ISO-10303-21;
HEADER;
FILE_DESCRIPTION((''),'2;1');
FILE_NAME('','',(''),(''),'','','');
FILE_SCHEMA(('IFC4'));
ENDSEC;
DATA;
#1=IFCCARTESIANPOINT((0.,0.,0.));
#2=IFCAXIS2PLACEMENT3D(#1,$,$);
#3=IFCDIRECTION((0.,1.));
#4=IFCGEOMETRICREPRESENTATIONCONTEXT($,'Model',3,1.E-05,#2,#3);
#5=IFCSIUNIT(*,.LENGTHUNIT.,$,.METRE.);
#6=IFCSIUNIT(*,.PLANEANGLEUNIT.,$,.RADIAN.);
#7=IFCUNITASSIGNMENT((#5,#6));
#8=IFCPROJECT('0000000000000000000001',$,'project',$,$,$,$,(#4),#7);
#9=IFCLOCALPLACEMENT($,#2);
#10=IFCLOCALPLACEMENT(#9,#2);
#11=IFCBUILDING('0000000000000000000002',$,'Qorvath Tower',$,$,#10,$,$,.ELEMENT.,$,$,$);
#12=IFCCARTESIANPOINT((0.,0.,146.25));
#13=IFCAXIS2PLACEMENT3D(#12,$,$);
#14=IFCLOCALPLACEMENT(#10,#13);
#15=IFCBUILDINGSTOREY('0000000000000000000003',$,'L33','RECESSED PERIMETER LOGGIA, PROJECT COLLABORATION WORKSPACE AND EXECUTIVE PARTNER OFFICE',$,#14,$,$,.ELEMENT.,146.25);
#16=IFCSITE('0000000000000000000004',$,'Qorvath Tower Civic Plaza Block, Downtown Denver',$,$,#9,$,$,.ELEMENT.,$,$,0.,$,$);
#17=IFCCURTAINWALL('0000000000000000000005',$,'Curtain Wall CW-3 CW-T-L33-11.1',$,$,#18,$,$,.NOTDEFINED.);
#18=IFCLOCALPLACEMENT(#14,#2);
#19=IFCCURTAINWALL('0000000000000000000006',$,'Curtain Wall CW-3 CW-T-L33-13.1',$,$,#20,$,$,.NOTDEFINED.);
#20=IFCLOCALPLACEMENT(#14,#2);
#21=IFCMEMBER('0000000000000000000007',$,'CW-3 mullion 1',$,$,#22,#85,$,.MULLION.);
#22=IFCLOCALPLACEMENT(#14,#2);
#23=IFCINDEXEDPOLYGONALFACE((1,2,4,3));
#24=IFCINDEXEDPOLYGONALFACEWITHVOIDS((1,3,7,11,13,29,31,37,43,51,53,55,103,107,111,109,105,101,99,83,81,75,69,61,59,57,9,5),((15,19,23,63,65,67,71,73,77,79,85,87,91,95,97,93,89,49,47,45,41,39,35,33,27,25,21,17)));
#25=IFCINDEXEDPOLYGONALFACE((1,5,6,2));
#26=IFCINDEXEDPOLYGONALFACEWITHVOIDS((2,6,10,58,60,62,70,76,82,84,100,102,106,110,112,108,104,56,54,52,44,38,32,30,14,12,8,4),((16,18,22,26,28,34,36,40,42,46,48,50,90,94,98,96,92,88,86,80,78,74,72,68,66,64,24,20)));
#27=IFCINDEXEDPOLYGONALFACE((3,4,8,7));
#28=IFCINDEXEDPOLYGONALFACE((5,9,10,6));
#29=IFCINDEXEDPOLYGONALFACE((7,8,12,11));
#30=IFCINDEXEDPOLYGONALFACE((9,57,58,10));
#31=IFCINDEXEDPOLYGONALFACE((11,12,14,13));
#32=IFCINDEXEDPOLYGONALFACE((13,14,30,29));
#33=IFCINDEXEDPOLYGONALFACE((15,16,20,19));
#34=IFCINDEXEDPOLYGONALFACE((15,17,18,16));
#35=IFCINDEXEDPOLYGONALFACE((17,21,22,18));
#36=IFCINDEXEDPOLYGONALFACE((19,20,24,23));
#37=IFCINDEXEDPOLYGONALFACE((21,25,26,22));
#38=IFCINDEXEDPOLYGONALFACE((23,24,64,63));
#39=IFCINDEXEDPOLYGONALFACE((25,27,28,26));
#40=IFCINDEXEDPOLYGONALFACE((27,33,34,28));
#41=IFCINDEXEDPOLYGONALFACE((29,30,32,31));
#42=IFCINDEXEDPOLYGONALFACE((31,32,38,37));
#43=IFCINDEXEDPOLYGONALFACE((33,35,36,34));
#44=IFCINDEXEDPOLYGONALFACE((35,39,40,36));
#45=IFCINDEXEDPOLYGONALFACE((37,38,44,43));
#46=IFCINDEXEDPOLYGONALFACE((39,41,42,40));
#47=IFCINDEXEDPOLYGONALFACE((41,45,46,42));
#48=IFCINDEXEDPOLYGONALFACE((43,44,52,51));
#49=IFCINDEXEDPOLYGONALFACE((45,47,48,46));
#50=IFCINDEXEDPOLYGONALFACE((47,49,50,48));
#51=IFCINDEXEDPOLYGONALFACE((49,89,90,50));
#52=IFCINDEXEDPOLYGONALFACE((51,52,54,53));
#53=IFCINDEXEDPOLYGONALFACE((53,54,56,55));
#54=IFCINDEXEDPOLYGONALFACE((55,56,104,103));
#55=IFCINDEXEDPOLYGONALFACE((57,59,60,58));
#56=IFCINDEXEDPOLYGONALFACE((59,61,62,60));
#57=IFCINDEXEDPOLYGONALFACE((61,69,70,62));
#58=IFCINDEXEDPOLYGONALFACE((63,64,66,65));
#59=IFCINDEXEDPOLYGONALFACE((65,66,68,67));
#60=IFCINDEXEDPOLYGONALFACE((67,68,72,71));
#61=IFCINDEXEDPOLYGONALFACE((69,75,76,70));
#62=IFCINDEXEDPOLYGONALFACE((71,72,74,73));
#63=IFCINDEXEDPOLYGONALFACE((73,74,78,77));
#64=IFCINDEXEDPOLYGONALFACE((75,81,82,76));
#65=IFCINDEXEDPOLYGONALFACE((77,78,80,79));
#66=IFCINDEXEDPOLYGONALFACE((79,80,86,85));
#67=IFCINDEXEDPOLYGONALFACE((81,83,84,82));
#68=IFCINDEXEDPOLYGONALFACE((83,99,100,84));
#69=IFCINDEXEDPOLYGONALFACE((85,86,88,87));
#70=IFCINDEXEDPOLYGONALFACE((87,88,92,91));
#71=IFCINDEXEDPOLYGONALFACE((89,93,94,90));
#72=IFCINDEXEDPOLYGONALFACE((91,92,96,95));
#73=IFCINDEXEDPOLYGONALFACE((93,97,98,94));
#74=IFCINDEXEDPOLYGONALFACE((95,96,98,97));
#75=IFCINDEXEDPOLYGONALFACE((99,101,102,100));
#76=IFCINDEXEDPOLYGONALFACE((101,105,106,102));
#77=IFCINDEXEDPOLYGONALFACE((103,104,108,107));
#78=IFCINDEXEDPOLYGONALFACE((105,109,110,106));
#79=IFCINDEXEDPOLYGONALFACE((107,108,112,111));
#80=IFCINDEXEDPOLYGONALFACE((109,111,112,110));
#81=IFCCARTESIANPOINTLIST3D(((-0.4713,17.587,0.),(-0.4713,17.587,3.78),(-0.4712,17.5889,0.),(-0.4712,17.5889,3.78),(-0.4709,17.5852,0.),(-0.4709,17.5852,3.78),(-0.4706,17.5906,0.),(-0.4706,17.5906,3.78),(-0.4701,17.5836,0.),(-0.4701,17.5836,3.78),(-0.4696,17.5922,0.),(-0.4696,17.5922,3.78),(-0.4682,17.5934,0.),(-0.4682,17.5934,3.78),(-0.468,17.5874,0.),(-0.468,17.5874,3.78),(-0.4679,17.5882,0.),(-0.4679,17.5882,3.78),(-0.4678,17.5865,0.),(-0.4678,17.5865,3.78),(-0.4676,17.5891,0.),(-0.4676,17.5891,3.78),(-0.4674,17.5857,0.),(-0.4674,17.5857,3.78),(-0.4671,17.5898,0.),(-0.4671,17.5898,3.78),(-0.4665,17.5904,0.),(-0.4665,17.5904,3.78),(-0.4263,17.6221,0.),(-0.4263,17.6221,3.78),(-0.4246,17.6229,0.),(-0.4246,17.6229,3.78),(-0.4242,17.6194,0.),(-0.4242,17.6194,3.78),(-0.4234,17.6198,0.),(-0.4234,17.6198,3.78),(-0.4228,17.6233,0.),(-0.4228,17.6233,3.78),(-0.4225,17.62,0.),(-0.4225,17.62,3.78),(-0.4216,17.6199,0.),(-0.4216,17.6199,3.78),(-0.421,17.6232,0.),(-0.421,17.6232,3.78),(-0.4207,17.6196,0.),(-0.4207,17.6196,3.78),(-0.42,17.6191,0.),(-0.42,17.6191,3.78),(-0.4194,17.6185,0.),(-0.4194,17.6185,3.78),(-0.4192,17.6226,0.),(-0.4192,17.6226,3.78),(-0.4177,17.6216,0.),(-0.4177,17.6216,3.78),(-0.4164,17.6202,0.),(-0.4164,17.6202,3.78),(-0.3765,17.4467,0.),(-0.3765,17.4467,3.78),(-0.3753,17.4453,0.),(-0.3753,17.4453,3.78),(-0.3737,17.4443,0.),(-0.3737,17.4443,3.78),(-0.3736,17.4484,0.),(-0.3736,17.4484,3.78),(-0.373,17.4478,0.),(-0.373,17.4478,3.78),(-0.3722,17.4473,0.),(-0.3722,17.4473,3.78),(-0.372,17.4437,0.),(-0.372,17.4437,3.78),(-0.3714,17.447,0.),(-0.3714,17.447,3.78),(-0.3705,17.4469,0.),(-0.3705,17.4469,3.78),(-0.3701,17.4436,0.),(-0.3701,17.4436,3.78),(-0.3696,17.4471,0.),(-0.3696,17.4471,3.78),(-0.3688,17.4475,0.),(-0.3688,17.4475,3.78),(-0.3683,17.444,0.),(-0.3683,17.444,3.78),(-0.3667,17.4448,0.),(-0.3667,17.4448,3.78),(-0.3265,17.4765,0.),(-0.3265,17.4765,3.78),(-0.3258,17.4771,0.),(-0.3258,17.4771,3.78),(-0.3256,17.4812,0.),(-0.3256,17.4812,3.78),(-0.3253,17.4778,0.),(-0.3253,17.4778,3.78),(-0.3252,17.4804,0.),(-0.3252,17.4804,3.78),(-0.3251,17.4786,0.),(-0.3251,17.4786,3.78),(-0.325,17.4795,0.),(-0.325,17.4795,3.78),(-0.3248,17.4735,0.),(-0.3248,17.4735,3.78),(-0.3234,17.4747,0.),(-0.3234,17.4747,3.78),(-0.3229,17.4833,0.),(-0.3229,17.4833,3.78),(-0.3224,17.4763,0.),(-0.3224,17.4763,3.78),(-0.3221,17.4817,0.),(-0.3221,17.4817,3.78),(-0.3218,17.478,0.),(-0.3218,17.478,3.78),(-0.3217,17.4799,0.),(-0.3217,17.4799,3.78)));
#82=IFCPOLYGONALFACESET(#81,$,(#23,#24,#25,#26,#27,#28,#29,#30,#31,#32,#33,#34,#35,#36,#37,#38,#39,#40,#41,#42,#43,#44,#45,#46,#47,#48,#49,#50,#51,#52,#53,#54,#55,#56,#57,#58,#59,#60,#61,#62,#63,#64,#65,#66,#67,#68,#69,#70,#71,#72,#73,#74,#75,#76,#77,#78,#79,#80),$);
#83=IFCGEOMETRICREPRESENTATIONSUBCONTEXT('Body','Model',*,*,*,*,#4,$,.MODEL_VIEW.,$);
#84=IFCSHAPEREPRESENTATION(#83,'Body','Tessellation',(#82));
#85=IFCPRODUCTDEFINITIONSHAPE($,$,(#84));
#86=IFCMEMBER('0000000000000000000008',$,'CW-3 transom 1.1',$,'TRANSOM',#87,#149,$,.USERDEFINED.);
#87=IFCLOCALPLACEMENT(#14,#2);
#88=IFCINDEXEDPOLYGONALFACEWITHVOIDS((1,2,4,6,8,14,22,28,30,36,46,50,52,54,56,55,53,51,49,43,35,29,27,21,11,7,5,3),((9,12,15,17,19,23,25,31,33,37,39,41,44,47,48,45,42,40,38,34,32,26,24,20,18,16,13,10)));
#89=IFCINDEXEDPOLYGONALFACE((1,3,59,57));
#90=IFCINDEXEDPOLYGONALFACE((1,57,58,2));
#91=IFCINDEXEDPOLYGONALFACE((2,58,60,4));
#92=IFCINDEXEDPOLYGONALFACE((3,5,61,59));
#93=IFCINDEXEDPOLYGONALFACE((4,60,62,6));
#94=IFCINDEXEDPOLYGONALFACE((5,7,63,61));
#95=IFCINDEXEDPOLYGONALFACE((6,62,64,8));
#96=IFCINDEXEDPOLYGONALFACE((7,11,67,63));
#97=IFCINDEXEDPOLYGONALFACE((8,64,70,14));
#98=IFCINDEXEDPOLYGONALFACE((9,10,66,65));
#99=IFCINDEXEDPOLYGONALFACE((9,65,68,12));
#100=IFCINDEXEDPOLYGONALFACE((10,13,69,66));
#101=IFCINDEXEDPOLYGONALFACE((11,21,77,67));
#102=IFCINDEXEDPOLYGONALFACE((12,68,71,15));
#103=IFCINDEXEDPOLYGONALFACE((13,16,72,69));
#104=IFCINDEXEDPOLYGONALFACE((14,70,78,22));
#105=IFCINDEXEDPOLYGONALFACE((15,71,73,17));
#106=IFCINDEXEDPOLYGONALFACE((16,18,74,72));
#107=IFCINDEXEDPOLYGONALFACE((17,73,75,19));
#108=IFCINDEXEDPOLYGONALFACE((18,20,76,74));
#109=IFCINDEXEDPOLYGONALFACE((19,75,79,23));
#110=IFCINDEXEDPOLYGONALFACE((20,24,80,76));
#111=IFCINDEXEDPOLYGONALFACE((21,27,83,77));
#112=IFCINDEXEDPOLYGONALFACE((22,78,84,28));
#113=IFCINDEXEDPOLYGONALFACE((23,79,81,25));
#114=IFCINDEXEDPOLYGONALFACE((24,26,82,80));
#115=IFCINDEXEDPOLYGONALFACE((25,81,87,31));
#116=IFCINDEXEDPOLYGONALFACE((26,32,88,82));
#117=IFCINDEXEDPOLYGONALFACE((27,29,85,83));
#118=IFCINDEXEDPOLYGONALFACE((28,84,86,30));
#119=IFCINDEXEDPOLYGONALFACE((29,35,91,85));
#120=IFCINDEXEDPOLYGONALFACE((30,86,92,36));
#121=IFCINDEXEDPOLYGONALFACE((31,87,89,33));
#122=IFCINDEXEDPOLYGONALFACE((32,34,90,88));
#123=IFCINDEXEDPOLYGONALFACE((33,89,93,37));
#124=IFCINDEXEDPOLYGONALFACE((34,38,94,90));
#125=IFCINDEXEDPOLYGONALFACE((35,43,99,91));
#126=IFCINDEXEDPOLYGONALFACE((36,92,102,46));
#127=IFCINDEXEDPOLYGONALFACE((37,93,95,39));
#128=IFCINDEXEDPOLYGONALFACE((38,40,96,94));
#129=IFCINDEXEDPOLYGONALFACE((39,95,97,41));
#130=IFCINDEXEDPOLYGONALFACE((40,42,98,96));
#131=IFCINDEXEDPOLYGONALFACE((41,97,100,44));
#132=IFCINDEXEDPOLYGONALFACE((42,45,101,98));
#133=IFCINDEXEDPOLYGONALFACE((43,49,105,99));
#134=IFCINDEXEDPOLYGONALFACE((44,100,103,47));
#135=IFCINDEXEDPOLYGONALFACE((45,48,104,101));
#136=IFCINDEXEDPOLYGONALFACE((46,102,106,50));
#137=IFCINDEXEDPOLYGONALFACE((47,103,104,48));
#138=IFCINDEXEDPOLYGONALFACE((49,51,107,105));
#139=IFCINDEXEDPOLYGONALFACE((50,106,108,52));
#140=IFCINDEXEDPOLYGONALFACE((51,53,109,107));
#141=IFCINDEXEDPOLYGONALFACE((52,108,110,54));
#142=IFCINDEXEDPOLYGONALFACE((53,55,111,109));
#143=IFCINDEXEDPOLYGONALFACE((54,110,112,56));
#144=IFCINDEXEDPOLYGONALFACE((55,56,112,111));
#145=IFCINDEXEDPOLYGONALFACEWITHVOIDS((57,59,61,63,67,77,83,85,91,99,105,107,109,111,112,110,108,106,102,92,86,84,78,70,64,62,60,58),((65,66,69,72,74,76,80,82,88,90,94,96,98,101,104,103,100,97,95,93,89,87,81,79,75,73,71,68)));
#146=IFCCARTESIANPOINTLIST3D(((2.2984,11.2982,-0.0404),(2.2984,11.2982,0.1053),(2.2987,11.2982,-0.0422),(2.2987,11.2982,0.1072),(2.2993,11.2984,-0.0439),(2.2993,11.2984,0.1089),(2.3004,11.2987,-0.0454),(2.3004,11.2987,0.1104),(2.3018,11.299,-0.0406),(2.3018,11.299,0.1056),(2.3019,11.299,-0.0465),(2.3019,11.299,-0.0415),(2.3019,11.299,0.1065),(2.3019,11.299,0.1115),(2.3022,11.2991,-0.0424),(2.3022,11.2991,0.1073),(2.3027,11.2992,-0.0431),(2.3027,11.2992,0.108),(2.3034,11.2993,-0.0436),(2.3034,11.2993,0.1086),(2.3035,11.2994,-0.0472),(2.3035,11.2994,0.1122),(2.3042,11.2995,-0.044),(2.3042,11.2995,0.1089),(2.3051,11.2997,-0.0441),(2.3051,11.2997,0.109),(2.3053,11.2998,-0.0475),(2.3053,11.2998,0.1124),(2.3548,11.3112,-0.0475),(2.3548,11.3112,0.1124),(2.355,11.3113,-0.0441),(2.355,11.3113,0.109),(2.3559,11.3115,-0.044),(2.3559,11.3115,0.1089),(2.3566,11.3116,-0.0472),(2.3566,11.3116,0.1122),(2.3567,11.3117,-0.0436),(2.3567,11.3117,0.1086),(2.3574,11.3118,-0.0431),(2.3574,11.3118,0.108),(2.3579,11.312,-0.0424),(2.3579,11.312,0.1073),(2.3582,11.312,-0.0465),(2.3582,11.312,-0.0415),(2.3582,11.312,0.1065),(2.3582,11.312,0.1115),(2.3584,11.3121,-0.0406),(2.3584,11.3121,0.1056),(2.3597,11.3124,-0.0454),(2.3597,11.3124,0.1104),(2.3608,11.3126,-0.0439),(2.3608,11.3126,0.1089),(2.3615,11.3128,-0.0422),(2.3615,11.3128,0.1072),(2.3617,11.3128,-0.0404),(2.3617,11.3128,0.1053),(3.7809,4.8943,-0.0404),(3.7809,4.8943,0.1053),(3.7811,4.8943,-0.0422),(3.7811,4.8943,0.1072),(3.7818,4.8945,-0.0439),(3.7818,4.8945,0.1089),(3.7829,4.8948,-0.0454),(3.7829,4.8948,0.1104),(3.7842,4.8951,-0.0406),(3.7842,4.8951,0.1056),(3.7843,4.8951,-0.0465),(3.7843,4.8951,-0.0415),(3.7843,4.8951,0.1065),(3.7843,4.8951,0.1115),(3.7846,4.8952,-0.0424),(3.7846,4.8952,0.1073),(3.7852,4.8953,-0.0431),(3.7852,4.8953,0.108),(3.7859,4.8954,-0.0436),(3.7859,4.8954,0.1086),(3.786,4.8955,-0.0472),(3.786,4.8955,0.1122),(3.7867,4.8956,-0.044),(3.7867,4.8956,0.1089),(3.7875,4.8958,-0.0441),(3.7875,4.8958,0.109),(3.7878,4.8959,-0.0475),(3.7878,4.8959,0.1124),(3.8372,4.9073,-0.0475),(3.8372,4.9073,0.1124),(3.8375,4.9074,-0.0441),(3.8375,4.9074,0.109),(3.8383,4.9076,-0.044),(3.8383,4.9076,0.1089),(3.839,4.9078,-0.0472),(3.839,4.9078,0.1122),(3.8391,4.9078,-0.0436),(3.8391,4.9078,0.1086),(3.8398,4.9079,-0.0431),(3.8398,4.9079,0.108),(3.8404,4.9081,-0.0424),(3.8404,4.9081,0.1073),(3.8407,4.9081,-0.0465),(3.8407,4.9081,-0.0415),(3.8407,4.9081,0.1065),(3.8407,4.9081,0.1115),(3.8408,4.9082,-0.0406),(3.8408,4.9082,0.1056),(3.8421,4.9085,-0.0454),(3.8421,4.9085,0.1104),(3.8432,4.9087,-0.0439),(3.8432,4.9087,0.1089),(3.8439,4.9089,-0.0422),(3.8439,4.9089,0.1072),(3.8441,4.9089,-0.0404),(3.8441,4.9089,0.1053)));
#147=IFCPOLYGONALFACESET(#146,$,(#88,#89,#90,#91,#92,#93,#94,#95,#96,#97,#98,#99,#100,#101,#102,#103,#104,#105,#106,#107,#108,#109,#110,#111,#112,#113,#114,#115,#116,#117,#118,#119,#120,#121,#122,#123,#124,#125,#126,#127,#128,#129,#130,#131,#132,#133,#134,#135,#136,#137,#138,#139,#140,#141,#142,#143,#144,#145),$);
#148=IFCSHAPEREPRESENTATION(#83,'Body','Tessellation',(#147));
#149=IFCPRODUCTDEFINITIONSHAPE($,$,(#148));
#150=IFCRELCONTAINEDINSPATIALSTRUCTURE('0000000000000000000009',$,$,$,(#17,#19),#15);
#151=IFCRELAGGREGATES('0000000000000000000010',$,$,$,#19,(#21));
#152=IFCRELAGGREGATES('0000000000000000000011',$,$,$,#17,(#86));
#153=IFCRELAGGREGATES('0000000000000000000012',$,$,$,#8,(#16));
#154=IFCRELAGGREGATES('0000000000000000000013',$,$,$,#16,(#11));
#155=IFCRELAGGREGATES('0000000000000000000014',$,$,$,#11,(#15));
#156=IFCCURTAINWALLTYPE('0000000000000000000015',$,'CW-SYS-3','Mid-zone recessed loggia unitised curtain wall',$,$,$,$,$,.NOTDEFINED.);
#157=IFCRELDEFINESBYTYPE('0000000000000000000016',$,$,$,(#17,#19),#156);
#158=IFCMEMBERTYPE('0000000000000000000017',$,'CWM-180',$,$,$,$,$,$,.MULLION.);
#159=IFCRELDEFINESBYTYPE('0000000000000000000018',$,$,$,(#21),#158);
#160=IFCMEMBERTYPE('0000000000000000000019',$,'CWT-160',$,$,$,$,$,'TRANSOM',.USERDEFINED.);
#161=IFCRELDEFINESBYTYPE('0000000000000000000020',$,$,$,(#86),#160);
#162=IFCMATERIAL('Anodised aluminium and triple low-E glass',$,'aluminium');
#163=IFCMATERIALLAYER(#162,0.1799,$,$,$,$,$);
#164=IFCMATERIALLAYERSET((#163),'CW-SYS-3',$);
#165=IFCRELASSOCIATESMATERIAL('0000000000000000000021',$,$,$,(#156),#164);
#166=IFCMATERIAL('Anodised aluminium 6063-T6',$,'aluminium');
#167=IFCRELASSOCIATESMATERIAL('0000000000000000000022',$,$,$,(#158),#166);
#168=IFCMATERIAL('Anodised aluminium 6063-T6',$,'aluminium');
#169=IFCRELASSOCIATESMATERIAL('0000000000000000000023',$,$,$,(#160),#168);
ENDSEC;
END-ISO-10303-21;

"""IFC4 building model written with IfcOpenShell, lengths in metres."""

from ifc_helpers import new_model, si_unit, direction, frame, origin, origin_2d, place, context, subcontext, project, spatial, hollow_rectangle, extrude, material, layer, layer_set, material_profile, profile_set, type_object, element, aggregate, save


model = new_model("IFC4")

# Units and contexts
model_context = context("Model", 3, precision=1e-05, world=origin(), true_north=direction((0.0, 1.0)))
body_context = subcontext(model_context, "Body", "Model", "MODEL_VIEW")
ifc_project = project(units=[si_unit("LENGTHUNIT", "METRE"), si_unit("PLANEANGLEUNIT", "RADIAN")], contexts=[model_context])

# Site, building, storey
site_placement = place(None, origin())
site = spatial("IfcSite", under=ifc_project, at=site_placement, Name="Qorvath Tower Civic Plaza Block, Downtown Denver", CompositionType="ELEMENT", RefElevation=0.0)
building_placement = place(site_placement, origin())
building = spatial("IfcBuilding", under=site, at=building_placement, Name="Qorvath Tower", CompositionType="ELEMENT")
storey_placement = place(building_placement, frame((0.0, 0.0, 146.25)))
storey = spatial("IfcBuildingStorey", under=building, at=storey_placement, Name="L33", Description="RECESSED PERIMETER LOGGIA, PROJECT COLLABORATION WORKSPACE AND EXECUTIVE PARTNER OFFICE", CompositionType="ELEMENT", Elevation=146.25)

# Curtain wall
ifc_material_1 = material(Name="Anodised aluminium and triple low-E glass", Category="aluminium")
ifc_layer_1 = layer(ifc_material_1, 0.1799)
ifc_layer_set_1 = layer_set([ifc_layer_1], Name="CW-SYS-3")
curtain_wall_type = type_object("IfcCurtainWallType", Name="CW-SYS-3", Description="Mid-zone recessed loggia unitised curtain wall", PredefinedType="NOTDEFINED", material=ifc_layer_set_1)
curtain_wall_1_placement = place(storey_placement, origin())
curtain_wall_1 = element("IfcCurtainWall", 1, at=curtain_wall_1_placement, inside=storey, type_object=curtain_wall_type, Name="Curtain Wall CW-3 CW-T-L33-11.1", PredefinedType="NOTDEFINED")
ifc_material_2 = material(Name="Anodised aluminium 6063-T6", Category="aluminium")
ifc_material_profile_1 = material_profile(ifc_material_2, hollow_rectangle(XDim=0.0649, YDim=0.1799, WallThickness=0.0034, InnerFilletRadius=0.0034, OuterFilletRadius=0.0071, at=origin_2d()), Name="CWM 180x65")
ifc_profile_set_1 = profile_set([ifc_material_profile_1], Name="Anodised aluminium 6063-T6")
member_type_1 = type_object("IfcMemberType", Name="CWM-180", PredefinedType="MULLION", material=ifc_profile_set_1)

# Curtain wall, member
curtain_wall_2_placement = place(storey_placement, origin())
curtain_wall_2 = element("IfcCurtainWall", 2, at=curtain_wall_2_placement, inside=storey, type_object=curtain_wall_type, Name="Curtain Wall CW-3 CW-T-L33-13.1", PredefinedType="NOTDEFINED")
member_1_placement = place(storey_placement, frame((-0.3965, 17.5334, 0.0), z_axis=(0.0, 0.0, 1.0), x_axis=(-0.82561, -0.564241, 0.0)))
member_1 = element("IfcMember", 3, at=member_1_placement, type_object=member_type_1, Name="CW-3 mullion 1", PredefinedType="MULLION", context=body_context, shape_type="SweptSolid", body=[
    extrude(hollow_rectangle(XDim=0.0649, YDim=0.1799, WallThickness=0.0034, InnerFilletRadius=0.0034, OuterFilletRadius=0.0071, at=origin_2d()), origin(), (0.0, 0.0, 1.0), 3.78),
])
aggregate(curtain_wall_2, [member_1])

# Member
ifc_material_3 = material(Name="Anodised aluminium 6063-T6", Category="aluminium")
ifc_material_profile_2 = material_profile(ifc_material_3, hollow_rectangle(XDim=0.0649, YDim=0.1599, WallThickness=0.0034, InnerFilletRadius=0.0034, OuterFilletRadius=0.0071, at=origin_2d()), Name="CWT 160x65")
ifc_profile_set_2 = profile_set([ifc_material_profile_2], Name="Anodised aluminium 6063-T6")
member_type_2 = type_object("IfcMemberType", Name="CWT-160", ElementType="TRANSOM", PredefinedType="USERDEFINED", material=ifc_profile_set_2)
member_2_placement = place(storey_placement, frame((3.8125, 4.9016, 0.0325), z_axis=(-0.225527, 0.974237, 0.0), x_axis=(-0.974237, -0.225527, 0.0)))
member_2 = element("IfcMember", 4, at=member_2_placement, type_object=member_type_2, Name="CW-3 transom 1.1", ObjectType="TRANSOM", PredefinedType="USERDEFINED", context=body_context, shape_type="SweptSolid", body=[
    extrude(hollow_rectangle(XDim=0.0649, YDim=0.1599, WallThickness=0.0034, InnerFilletRadius=0.0034, OuterFilletRadius=0.0071, at=origin_2d()), origin(), (0.0, 0.0, 1.0), 6.5732),
])

aggregate(curtain_wall_1, [member_2])

save(model, "model.ifc")
